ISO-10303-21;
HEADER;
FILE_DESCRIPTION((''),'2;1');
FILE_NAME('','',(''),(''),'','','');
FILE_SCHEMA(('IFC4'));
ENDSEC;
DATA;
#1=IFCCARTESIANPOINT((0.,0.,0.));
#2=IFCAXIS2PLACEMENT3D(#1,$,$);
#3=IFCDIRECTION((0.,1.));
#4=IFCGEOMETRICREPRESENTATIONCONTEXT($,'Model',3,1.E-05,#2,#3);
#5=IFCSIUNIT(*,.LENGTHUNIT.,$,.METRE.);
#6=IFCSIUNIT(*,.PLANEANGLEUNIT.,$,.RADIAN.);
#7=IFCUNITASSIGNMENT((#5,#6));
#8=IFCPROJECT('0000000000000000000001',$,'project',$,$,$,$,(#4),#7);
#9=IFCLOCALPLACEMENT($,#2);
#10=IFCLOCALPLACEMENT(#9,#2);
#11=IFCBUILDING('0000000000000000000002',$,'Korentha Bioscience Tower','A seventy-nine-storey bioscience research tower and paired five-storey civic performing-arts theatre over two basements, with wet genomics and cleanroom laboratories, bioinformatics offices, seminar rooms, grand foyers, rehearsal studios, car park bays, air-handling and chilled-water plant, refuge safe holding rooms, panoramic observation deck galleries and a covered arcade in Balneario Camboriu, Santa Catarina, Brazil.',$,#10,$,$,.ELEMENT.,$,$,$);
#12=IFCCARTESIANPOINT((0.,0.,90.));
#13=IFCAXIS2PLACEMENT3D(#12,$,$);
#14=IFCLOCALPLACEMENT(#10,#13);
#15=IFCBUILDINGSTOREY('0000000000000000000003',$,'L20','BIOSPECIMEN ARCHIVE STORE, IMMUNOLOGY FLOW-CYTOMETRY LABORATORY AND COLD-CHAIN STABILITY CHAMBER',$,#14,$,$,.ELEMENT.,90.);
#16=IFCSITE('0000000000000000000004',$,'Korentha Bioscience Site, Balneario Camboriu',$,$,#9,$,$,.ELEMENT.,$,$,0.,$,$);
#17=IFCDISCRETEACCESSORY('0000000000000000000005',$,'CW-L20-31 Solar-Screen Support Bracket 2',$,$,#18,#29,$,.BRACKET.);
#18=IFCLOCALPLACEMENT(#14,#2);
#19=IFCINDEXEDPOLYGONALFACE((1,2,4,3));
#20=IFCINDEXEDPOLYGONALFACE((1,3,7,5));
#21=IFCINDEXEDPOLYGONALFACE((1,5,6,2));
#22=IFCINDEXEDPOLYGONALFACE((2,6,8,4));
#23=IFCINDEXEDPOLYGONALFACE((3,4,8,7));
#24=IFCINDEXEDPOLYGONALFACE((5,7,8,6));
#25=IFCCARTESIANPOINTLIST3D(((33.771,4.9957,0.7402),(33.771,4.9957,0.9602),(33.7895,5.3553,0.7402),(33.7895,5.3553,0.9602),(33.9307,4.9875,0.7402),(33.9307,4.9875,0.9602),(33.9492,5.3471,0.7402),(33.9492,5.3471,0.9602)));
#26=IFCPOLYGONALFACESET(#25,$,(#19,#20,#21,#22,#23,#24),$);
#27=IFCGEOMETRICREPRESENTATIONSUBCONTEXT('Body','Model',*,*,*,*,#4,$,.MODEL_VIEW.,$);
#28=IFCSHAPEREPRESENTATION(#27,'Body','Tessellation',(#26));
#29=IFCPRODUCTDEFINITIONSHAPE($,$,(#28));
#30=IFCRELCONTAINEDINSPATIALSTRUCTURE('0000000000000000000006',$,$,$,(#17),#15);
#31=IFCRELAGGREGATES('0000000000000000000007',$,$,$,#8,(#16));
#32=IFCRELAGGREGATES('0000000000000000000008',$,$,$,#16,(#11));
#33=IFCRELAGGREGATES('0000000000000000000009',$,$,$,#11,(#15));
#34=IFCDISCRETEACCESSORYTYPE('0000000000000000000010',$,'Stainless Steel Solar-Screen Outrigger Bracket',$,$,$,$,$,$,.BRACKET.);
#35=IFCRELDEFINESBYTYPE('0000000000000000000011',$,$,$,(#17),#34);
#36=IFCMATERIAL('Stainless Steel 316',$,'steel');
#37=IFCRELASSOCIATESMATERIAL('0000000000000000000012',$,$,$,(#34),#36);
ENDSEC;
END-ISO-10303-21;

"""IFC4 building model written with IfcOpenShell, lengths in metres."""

from ifc_helpers import new_model, si_unit, direction, frame, origin, origin_2d, place, context, subcontext, project, spatial, rectangle, extrude, material, type_object, element, save


model = new_model("IFC4")

# Units and contexts
model_context = context("Model", 3, precision=1e-05, world=origin(), true_north=direction((0.0, 1.0)))
body_context = subcontext(model_context, "Body", "Model", "MODEL_VIEW")
ifc_project = project(units=[si_unit("LENGTHUNIT", "METRE"), si_unit("PLANEANGLEUNIT", "RADIAN")], contexts=[model_context])

# Site, building, storey
site_placement = place(None, origin())
site = spatial("IfcSite", under=ifc_project, at=site_placement, Name="Korentha Bioscience Site, Balneario Camboriu", CompositionType="ELEMENT", RefElevation=0.0)
building_placement = place(site_placement, origin())
building = spatial("IfcBuilding", under=site, at=building_placement, Name="Korentha Bioscience Tower", Description="A seventy-nine-storey bioscience research tower and paired five-storey civic performing-arts theatre over two basements, with wet genomics and cleanroom laboratories, bioinformatics offices, seminar rooms, grand foyers, rehearsal studios, car park bays, air-handling and chilled-water plant, refuge safe holding rooms, panoramic observation deck galleries and a covered arcade in Balneario Camboriu, Santa Catarina, Brazil.", CompositionType="ELEMENT")
storey_placement = place(building_placement, frame((0.0, 0.0, 90.0)))
storey = spatial("IfcBuildingStorey", under=building, at=storey_placement, Name="L20", Description="BIOSPECIMEN ARCHIVE STORE, IMMUNOLOGY FLOW-CYTOMETRY LABORATORY AND COLD-CHAIN STABILITY CHAMBER", CompositionType="ELEMENT", Elevation=90.0)

# Discrete accessory
ifc_material_1 = material(Name="Stainless Steel 316", Category="steel")
discrete_accessory_type = type_object("IfcDiscreteAccessoryType", Name="Stainless Steel Solar-Screen Outrigger Bracket", PredefinedType="BRACKET", material=ifc_material_1)
for number, where, z_axis, x_axis, name in (
    (1, (33.8601, 5.1714, 0.7402), (0.0, 0.0, 1.0), (0.998673, -0.051495, 0.0), "CW-L20-31 Solar-Screen Support Bracket 2"),
):
    element("IfcDiscreteAccessory", number, at=place(storey_placement, frame(where, z_axis=z_axis, x_axis=x_axis)), inside=storey, type_object=discrete_accessory_type, Name=name, PredefinedType="BRACKET", context=body_context, shape_type="SweptSolid", body=[
        extrude(rectangle(XDim=0.1599, YDim=0.3601, at=origin_2d()), origin(), (0.0, 0.0, 1.0), 0.22),
    ])

save(model, "model.ifc")
